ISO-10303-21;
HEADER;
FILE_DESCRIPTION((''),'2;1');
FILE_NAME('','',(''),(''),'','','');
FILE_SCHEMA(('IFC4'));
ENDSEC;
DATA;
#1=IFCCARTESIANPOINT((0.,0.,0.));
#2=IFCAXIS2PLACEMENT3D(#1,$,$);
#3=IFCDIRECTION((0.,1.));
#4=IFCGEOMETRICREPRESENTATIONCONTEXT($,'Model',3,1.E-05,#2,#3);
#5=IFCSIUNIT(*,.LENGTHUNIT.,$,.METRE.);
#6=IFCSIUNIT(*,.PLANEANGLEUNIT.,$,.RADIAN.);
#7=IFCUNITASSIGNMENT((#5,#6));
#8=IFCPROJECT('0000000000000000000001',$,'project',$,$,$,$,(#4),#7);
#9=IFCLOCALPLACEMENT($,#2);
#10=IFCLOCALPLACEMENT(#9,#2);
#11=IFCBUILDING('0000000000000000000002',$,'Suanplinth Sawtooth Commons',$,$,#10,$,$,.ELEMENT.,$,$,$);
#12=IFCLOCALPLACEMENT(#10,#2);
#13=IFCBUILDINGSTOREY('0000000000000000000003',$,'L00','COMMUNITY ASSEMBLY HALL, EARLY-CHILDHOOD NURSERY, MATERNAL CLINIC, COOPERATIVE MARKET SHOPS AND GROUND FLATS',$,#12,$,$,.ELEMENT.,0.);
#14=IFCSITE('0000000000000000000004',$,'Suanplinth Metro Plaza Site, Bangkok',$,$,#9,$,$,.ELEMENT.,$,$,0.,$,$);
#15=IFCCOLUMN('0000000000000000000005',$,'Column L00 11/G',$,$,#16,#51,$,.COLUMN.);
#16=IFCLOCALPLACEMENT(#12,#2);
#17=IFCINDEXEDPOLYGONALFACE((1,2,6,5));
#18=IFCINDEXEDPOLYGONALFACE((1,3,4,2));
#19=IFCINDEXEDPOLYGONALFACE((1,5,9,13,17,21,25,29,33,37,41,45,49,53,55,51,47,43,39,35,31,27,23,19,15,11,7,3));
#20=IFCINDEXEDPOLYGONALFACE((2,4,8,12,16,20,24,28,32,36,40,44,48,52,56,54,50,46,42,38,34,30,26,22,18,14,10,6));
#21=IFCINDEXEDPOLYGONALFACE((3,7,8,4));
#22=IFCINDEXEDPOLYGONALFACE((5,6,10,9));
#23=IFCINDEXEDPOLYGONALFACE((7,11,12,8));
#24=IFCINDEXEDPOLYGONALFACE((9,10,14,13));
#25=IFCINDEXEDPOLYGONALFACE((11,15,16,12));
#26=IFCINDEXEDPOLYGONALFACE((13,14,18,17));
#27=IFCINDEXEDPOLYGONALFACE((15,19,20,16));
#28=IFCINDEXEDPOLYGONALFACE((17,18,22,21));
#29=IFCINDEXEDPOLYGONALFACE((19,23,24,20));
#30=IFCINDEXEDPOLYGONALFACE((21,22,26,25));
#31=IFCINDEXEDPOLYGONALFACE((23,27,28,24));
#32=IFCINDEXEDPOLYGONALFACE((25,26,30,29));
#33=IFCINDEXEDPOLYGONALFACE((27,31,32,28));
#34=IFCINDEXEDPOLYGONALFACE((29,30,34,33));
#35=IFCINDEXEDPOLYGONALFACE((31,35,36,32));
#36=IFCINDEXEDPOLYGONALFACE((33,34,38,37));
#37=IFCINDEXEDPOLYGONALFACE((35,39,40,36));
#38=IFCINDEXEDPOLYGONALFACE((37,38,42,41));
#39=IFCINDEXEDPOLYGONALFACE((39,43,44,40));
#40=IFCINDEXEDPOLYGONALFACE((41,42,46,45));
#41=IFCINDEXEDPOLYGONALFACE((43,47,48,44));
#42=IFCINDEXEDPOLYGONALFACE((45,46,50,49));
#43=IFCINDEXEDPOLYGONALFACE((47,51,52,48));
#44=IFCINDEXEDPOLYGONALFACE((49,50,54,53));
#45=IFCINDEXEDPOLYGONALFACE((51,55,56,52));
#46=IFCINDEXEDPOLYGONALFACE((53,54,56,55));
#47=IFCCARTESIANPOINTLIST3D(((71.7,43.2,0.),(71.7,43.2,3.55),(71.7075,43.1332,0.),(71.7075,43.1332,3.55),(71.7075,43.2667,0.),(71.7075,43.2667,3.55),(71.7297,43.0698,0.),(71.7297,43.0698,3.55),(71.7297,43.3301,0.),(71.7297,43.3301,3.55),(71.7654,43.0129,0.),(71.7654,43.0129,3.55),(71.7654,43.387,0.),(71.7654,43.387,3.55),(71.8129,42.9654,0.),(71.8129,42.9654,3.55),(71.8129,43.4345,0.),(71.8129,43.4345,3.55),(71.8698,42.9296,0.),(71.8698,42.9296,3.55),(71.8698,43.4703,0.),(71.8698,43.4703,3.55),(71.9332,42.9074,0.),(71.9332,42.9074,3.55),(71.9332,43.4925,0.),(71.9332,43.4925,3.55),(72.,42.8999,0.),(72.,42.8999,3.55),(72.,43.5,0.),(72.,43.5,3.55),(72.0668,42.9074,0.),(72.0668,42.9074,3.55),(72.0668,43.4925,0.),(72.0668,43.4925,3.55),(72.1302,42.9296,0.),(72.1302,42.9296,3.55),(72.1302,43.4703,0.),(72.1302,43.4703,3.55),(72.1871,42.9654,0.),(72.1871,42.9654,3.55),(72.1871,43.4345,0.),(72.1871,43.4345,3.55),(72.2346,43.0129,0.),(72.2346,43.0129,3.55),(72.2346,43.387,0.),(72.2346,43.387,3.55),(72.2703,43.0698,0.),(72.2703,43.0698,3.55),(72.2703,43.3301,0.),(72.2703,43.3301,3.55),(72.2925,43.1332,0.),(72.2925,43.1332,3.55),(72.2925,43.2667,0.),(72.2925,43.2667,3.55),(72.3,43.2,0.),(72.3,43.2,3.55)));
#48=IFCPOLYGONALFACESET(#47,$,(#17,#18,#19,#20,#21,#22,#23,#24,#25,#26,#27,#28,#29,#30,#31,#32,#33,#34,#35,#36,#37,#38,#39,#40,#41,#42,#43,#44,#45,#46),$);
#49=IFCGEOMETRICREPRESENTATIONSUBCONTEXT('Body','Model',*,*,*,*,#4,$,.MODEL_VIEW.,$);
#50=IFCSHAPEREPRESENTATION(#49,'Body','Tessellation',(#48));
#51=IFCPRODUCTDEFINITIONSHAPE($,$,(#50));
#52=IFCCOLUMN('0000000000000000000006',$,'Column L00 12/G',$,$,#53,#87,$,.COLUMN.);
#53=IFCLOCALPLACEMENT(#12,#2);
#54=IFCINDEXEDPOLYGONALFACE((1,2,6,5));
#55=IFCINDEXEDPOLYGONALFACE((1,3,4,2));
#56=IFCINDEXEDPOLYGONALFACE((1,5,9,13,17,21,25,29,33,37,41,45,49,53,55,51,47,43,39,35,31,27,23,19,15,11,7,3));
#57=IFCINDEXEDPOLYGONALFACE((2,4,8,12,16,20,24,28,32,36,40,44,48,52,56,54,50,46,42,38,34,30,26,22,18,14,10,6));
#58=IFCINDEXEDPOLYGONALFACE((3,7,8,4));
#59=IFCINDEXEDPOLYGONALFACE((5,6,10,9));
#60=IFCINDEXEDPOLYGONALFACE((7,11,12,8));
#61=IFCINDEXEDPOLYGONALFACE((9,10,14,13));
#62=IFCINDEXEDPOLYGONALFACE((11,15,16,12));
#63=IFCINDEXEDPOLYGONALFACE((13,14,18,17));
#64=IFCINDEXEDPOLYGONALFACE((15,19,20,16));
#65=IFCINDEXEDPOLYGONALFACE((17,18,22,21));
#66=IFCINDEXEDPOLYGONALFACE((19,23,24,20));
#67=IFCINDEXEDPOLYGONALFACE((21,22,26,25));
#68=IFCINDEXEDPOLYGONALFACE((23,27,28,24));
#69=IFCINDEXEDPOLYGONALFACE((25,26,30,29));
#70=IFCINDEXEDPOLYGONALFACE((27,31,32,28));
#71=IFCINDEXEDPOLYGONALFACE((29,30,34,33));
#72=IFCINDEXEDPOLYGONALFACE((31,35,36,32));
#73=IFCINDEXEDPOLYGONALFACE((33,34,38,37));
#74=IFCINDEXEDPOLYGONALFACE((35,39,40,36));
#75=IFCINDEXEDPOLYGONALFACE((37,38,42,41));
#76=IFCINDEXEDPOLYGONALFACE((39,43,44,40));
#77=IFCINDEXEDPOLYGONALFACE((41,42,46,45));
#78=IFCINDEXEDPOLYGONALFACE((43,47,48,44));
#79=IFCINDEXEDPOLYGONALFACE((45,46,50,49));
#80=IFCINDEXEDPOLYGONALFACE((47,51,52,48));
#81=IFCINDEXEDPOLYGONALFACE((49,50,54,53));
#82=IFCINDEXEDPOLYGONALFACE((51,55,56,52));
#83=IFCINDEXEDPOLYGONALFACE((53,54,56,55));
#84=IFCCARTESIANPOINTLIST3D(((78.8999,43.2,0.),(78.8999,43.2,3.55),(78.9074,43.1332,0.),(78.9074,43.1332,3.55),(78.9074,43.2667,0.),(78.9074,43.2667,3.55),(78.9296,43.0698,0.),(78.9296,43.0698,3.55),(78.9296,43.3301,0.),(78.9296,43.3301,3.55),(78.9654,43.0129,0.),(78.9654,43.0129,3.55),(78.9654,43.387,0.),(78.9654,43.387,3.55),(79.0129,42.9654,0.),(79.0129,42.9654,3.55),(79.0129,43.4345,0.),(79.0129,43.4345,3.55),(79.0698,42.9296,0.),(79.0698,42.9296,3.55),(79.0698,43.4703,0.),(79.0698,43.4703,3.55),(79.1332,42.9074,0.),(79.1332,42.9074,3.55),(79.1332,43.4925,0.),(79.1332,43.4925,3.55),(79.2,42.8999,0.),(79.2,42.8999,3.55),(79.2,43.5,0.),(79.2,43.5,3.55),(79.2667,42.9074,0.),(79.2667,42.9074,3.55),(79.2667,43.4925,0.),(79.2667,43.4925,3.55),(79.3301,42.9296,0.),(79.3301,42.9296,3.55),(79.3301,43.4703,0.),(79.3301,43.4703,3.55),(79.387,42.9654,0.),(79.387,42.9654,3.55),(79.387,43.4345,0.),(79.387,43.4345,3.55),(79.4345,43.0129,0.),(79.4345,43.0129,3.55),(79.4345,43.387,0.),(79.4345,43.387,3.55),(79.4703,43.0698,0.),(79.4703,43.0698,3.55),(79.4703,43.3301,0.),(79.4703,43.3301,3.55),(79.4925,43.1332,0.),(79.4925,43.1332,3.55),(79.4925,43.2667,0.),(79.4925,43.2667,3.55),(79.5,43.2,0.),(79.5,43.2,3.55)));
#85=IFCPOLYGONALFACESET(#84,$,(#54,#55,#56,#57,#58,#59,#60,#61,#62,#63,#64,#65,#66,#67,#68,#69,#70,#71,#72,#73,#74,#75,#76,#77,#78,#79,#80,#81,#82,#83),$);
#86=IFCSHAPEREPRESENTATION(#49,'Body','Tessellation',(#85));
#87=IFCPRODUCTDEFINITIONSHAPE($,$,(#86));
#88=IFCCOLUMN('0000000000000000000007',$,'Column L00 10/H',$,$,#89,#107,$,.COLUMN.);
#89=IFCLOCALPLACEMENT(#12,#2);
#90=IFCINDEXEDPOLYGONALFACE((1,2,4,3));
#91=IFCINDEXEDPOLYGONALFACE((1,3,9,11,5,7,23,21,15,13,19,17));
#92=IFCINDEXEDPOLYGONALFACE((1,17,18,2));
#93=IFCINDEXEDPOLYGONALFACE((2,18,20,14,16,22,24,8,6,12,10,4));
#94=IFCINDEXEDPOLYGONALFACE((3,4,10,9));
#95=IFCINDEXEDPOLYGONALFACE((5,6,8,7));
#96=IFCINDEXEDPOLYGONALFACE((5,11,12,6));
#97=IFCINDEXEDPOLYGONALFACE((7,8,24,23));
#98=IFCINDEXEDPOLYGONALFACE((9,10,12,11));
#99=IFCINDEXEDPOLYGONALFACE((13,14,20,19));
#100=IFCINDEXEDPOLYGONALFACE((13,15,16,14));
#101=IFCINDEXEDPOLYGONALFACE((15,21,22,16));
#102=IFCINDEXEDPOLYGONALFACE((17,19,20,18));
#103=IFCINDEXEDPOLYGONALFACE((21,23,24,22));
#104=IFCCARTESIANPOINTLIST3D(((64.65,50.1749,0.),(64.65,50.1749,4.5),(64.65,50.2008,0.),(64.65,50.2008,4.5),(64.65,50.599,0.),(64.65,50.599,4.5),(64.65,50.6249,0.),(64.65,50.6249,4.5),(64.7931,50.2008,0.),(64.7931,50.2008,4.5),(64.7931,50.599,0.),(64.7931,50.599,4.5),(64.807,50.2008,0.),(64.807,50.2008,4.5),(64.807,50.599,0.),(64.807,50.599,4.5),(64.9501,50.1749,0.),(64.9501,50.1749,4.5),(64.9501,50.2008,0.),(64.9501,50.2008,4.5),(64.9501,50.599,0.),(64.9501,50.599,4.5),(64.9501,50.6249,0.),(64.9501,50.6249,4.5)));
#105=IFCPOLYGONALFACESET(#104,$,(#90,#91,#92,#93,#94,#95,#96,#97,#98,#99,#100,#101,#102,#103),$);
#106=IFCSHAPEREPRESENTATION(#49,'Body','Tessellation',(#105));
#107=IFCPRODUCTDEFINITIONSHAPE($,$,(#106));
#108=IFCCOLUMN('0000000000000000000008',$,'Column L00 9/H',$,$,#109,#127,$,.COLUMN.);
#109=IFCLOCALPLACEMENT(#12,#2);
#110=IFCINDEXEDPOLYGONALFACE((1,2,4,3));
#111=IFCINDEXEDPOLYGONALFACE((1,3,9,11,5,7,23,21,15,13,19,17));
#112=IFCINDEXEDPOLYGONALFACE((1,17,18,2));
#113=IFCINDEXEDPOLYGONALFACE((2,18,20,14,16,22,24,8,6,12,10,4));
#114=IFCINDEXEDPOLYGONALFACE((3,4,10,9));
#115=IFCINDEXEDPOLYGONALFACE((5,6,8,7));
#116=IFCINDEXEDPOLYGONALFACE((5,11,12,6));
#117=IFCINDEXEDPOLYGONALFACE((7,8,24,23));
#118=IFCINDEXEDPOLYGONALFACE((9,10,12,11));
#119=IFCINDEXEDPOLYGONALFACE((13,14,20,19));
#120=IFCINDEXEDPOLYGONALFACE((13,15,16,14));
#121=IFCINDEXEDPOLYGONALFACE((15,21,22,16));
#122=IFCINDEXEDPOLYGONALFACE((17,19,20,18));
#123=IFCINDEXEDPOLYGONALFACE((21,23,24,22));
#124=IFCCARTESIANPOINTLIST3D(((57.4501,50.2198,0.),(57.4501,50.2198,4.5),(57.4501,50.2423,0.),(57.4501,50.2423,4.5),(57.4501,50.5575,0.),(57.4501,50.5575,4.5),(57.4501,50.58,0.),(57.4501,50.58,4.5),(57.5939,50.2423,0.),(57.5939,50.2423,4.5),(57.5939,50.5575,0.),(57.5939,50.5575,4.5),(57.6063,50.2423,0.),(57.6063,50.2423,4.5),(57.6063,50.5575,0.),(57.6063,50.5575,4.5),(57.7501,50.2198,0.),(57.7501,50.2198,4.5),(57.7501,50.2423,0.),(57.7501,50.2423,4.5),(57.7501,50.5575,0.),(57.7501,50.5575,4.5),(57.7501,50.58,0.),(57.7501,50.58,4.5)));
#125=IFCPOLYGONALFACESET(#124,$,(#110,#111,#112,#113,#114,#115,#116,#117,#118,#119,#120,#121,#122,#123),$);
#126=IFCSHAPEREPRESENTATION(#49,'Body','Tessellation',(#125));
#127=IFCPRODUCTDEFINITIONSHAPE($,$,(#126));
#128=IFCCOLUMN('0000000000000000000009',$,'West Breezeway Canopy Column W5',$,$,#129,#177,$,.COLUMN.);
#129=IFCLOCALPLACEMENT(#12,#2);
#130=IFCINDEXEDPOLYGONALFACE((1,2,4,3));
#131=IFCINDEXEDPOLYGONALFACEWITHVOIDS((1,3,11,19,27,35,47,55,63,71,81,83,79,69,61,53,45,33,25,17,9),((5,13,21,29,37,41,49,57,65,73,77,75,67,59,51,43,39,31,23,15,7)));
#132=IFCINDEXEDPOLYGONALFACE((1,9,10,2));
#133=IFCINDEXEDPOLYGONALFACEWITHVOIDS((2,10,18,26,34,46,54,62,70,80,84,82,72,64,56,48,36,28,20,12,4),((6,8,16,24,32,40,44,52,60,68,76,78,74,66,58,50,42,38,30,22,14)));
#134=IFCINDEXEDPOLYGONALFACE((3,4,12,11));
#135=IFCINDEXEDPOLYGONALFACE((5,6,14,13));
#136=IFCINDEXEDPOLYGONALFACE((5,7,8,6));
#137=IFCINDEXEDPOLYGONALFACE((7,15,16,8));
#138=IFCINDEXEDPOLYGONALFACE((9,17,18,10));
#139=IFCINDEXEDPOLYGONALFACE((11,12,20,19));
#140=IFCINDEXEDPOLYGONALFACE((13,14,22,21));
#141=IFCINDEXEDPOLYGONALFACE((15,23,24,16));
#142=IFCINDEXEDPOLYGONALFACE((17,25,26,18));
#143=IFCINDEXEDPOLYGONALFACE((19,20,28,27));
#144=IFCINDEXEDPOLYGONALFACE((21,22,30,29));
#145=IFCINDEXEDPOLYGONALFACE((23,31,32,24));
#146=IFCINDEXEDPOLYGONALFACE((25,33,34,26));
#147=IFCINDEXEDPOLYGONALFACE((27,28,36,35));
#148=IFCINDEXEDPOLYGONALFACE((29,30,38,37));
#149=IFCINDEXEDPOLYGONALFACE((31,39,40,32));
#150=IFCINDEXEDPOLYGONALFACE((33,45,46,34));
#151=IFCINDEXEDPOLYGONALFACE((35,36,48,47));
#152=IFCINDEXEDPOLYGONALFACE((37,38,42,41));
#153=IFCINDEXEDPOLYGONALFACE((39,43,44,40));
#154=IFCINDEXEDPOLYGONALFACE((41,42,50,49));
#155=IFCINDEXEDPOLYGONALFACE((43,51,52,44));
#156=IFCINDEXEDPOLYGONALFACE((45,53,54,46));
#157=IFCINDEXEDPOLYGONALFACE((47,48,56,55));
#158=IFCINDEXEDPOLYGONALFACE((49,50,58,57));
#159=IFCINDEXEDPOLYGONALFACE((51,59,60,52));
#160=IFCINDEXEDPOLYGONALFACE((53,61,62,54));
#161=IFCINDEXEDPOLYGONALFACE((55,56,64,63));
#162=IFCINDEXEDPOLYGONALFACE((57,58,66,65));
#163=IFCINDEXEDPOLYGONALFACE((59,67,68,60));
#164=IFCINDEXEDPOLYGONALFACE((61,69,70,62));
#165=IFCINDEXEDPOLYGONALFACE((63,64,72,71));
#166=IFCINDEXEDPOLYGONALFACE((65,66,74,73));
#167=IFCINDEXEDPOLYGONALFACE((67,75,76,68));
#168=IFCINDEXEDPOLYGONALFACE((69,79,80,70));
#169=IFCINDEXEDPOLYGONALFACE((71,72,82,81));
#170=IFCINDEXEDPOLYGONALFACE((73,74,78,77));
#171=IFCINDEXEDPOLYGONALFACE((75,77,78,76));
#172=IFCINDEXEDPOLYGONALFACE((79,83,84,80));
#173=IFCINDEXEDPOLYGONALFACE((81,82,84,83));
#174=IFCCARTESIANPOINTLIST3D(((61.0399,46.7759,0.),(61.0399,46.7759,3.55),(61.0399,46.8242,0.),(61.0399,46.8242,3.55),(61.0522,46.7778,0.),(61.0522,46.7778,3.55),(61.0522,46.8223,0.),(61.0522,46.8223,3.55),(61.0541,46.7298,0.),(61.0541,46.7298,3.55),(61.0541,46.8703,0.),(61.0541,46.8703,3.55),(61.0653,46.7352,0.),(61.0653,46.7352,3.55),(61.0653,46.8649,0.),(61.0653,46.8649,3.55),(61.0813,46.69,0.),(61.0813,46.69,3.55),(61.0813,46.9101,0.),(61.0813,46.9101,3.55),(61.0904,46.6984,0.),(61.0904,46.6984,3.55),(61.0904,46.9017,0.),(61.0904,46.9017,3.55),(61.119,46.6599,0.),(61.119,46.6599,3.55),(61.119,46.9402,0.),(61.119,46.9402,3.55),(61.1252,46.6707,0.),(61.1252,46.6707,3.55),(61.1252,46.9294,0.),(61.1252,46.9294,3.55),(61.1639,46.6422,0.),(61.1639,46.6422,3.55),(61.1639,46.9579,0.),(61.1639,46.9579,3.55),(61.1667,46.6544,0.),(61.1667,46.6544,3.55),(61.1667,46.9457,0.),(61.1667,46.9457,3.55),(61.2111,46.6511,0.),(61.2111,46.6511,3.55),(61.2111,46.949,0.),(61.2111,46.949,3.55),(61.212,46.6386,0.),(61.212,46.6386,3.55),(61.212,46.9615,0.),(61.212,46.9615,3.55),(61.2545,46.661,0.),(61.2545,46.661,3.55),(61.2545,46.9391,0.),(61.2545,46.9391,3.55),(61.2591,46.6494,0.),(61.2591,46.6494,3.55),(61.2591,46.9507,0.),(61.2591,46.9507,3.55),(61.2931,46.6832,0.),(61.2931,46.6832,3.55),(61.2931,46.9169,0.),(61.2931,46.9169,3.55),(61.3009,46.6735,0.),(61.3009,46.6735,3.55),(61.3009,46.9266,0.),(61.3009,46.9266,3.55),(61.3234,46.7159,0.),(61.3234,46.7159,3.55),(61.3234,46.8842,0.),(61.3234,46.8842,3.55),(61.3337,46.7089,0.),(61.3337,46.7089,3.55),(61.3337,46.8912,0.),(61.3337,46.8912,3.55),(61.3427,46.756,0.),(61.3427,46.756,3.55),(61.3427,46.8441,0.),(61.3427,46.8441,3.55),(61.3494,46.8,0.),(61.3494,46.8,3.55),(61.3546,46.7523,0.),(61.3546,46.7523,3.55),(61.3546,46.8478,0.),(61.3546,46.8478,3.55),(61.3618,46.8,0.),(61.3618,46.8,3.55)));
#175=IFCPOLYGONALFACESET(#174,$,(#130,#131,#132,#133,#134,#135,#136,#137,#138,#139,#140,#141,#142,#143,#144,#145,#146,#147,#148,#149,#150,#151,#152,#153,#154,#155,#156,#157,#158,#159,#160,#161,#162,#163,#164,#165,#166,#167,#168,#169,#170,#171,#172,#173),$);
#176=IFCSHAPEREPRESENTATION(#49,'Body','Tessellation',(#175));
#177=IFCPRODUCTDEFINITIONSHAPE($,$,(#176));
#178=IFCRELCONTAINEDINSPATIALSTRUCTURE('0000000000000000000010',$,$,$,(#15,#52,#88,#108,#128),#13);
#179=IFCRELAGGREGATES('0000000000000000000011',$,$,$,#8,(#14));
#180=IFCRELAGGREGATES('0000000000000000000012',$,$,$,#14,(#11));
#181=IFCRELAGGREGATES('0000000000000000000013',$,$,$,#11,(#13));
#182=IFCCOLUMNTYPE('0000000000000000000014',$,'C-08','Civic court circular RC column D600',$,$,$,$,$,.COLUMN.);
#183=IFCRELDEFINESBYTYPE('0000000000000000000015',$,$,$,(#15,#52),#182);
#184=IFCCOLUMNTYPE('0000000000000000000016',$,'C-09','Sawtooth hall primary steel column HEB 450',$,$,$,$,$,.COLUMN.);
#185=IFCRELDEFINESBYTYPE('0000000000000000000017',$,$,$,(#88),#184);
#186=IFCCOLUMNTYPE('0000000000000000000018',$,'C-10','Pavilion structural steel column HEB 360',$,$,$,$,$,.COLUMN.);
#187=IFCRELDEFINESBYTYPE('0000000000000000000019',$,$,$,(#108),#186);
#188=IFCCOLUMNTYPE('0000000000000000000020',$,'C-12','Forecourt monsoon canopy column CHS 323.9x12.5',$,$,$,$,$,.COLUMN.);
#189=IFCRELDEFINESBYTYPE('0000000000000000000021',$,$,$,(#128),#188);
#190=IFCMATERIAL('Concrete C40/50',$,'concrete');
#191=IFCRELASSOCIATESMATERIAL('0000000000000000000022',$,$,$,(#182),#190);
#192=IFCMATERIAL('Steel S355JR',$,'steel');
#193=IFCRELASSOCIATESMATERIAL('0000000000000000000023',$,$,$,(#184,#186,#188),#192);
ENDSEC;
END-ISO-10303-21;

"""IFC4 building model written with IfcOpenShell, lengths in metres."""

from ifc_helpers import new_model, si_unit, direction, frame, origin, origin_2d, place, context, subcontext, project, spatial, circle, hollow_circle, i_section, extrude, material, material_profile, profile_set, type_object, element, save


model = new_model("IFC4")

# Units and contexts
model_context = context("Model", 3, precision=1e-05, world=origin(), true_north=direction((0.0, 1.0)))
body_context = subcontext(model_context, "Body", "Model", "MODEL_VIEW")
ifc_project = project(units=[si_unit("LENGTHUNIT", "METRE"), si_unit("PLANEANGLEUNIT", "RADIAN")], contexts=[model_context])

# Site, building, storey
site_placement = place(None, origin())
site = spatial("IfcSite", under=ifc_project, at=site_placement, Name="Suanplinth Metro Plaza Site, Bangkok", CompositionType="ELEMENT", RefElevation=0.0)
building_placement = place(site_placement, origin())
building = spatial("IfcBuilding", under=site, at=building_placement, Name="Suanplinth Sawtooth Commons", CompositionType="ELEMENT")
storey_placement = place(building_placement, origin())
storey = spatial("IfcBuildingStorey", under=building, at=storey_placement, Name="L00", Description="COMMUNITY ASSEMBLY HALL, EARLY-CHILDHOOD NURSERY, MATERNAL CLINIC, COOPERATIVE MARKET SHOPS AND GROUND FLATS", CompositionType="ELEMENT", Elevation=0.0)

# Columns
ifc_material_1 = material(Name="Concrete C40/50", Category="concrete")
ifc_material_profile_1 = material_profile(ifc_material_1, circle(Radius=0.3, at=origin_2d()), Name="RC-CIRC D600")
ifc_profile_set_1 = profile_set([ifc_material_profile_1], Name="Concrete C40/50")
column_type_1 = type_object("IfcColumnType", Name="C-08", Description="Civic court circular RC column D600", PredefinedType="COLUMN", material=ifc_profile_set_1)
for number, where, z_axis, x_axis, name in (
    (1, (72.0, 43.2, 0.0), (0.0, 0.0, 1.0), (1.0, 0.0, 0.0), "Column L00 11/G"),
    (2, (79.2, 43.2, 0.0), (0.0, 0.0, 1.0), (1.0, 0.0, 0.0), "Column L00 12/G"),
):
    element("IfcColumn", number, at=place(storey_placement, frame(where, z_axis=z_axis, x_axis=x_axis)), inside=storey, type_object=column_type_1, Name=name, PredefinedType="COLUMN", context=body_context, shape_type="SweptSolid", body=[
        extrude(circle(Radius=0.3, at=origin_2d()), origin(), (0.0, 0.0, 1.0), 3.55),
    ])
ifc_material_2 = material(Name="Steel S355JR", Category="steel")
ifc_material_profile_2 = material_profile(ifc_material_2, i_section(OverallWidth=0.3, OverallDepth=0.45, WebThickness=0.0139, FlangeThickness=0.0259, at=origin_2d()), Name="HEB 450")
ifc_profile_set_2 = profile_set([ifc_material_profile_2], Name="Steel S355JR")
column_type_2 = type_object("IfcColumnType", Name="C-09", Description="Sawtooth hall primary steel column HEB 450", PredefinedType="COLUMN", material=ifc_profile_set_2)
column_1_placement = place(storey_placement, frame((64.8, 50.3999, 0.0), z_axis=(0.0, 0.0, 1.0), x_axis=(1.0, 0.0, 0.0)))
element("IfcColumn", 3, at=column_1_placement, inside=storey, type_object=column_type_2, Name="Column L00 10/H", PredefinedType="COLUMN", context=body_context, shape_type="SweptSolid", body=[
    extrude(i_section(OverallWidth=0.3, OverallDepth=0.45, WebThickness=0.0139, FlangeThickness=0.0259, at=origin_2d()), origin(), (0.0, 0.0, 1.0), 4.5),
])
ifc_material_profile_3 = material_profile(ifc_material_2, i_section(OverallWidth=0.3, OverallDepth=0.3601, WebThickness=0.0125, FlangeThickness=0.0225, at=origin_2d()), Name="HEB 360")
ifc_profile_set_3 = profile_set([ifc_material_profile_3], Name="Steel S355JR")
column_type_3 = type_object("IfcColumnType", Name="C-10", Description="Pavilion structural steel column HEB 360", PredefinedType="COLUMN", material=ifc_profile_set_3)
column_2_placement = place(storey_placement, frame((57.6001, 50.3999, 0.0), z_axis=(0.0, 0.0, 1.0), x_axis=(1.0, 0.0, 0.0)))
element("IfcColumn", 4, at=column_2_placement, inside=storey, type_object=column_type_3, Name="Column L00 9/H", PredefinedType="COLUMN", context=body_context, shape_type="SweptSolid", body=[
    extrude(i_section(OverallWidth=0.3, OverallDepth=0.3601, WebThickness=0.0125, FlangeThickness=0.0225, at=origin_2d()), origin(), (0.0, 0.0, 1.0), 4.5),
])
ifc_material_profile_4 = material_profile(ifc_material_2, hollow_circle(Radius=0.1619, WallThickness=0.0125, at=origin_2d()), Name="CHS 323.9x12.5")
ifc_profile_set_4 = profile_set([ifc_material_profile_4], Name="Steel S355JR")
column_type_4 = type_object("IfcColumnType", Name="C-12", Description="Forecourt monsoon canopy column CHS 323.9x12.5", PredefinedType="COLUMN", material=ifc_profile_set_4)
for number, where, z_axis, x_axis, name in (
    (5, (61.2, 46.8, 0.0), (0.0, 0.0, 1.0), (1.0, 0.0, 0.0), "West Breezeway Canopy Column W5"),
):
    element("IfcColumn", number, at=place(storey_placement, frame(where, z_axis=z_axis, x_axis=x_axis)), inside=storey, type_object=column_type_4, Name=name, PredefinedType="COLUMN", context=body_context, shape_type="SweptSolid", body=[
        extrude(hollow_circle(Radius=0.1619, WallThickness=0.0125, at=origin_2d()), origin(), (0.0, 0.0, 1.0), 3.55),
    ])

save(model, "model.ifc")
